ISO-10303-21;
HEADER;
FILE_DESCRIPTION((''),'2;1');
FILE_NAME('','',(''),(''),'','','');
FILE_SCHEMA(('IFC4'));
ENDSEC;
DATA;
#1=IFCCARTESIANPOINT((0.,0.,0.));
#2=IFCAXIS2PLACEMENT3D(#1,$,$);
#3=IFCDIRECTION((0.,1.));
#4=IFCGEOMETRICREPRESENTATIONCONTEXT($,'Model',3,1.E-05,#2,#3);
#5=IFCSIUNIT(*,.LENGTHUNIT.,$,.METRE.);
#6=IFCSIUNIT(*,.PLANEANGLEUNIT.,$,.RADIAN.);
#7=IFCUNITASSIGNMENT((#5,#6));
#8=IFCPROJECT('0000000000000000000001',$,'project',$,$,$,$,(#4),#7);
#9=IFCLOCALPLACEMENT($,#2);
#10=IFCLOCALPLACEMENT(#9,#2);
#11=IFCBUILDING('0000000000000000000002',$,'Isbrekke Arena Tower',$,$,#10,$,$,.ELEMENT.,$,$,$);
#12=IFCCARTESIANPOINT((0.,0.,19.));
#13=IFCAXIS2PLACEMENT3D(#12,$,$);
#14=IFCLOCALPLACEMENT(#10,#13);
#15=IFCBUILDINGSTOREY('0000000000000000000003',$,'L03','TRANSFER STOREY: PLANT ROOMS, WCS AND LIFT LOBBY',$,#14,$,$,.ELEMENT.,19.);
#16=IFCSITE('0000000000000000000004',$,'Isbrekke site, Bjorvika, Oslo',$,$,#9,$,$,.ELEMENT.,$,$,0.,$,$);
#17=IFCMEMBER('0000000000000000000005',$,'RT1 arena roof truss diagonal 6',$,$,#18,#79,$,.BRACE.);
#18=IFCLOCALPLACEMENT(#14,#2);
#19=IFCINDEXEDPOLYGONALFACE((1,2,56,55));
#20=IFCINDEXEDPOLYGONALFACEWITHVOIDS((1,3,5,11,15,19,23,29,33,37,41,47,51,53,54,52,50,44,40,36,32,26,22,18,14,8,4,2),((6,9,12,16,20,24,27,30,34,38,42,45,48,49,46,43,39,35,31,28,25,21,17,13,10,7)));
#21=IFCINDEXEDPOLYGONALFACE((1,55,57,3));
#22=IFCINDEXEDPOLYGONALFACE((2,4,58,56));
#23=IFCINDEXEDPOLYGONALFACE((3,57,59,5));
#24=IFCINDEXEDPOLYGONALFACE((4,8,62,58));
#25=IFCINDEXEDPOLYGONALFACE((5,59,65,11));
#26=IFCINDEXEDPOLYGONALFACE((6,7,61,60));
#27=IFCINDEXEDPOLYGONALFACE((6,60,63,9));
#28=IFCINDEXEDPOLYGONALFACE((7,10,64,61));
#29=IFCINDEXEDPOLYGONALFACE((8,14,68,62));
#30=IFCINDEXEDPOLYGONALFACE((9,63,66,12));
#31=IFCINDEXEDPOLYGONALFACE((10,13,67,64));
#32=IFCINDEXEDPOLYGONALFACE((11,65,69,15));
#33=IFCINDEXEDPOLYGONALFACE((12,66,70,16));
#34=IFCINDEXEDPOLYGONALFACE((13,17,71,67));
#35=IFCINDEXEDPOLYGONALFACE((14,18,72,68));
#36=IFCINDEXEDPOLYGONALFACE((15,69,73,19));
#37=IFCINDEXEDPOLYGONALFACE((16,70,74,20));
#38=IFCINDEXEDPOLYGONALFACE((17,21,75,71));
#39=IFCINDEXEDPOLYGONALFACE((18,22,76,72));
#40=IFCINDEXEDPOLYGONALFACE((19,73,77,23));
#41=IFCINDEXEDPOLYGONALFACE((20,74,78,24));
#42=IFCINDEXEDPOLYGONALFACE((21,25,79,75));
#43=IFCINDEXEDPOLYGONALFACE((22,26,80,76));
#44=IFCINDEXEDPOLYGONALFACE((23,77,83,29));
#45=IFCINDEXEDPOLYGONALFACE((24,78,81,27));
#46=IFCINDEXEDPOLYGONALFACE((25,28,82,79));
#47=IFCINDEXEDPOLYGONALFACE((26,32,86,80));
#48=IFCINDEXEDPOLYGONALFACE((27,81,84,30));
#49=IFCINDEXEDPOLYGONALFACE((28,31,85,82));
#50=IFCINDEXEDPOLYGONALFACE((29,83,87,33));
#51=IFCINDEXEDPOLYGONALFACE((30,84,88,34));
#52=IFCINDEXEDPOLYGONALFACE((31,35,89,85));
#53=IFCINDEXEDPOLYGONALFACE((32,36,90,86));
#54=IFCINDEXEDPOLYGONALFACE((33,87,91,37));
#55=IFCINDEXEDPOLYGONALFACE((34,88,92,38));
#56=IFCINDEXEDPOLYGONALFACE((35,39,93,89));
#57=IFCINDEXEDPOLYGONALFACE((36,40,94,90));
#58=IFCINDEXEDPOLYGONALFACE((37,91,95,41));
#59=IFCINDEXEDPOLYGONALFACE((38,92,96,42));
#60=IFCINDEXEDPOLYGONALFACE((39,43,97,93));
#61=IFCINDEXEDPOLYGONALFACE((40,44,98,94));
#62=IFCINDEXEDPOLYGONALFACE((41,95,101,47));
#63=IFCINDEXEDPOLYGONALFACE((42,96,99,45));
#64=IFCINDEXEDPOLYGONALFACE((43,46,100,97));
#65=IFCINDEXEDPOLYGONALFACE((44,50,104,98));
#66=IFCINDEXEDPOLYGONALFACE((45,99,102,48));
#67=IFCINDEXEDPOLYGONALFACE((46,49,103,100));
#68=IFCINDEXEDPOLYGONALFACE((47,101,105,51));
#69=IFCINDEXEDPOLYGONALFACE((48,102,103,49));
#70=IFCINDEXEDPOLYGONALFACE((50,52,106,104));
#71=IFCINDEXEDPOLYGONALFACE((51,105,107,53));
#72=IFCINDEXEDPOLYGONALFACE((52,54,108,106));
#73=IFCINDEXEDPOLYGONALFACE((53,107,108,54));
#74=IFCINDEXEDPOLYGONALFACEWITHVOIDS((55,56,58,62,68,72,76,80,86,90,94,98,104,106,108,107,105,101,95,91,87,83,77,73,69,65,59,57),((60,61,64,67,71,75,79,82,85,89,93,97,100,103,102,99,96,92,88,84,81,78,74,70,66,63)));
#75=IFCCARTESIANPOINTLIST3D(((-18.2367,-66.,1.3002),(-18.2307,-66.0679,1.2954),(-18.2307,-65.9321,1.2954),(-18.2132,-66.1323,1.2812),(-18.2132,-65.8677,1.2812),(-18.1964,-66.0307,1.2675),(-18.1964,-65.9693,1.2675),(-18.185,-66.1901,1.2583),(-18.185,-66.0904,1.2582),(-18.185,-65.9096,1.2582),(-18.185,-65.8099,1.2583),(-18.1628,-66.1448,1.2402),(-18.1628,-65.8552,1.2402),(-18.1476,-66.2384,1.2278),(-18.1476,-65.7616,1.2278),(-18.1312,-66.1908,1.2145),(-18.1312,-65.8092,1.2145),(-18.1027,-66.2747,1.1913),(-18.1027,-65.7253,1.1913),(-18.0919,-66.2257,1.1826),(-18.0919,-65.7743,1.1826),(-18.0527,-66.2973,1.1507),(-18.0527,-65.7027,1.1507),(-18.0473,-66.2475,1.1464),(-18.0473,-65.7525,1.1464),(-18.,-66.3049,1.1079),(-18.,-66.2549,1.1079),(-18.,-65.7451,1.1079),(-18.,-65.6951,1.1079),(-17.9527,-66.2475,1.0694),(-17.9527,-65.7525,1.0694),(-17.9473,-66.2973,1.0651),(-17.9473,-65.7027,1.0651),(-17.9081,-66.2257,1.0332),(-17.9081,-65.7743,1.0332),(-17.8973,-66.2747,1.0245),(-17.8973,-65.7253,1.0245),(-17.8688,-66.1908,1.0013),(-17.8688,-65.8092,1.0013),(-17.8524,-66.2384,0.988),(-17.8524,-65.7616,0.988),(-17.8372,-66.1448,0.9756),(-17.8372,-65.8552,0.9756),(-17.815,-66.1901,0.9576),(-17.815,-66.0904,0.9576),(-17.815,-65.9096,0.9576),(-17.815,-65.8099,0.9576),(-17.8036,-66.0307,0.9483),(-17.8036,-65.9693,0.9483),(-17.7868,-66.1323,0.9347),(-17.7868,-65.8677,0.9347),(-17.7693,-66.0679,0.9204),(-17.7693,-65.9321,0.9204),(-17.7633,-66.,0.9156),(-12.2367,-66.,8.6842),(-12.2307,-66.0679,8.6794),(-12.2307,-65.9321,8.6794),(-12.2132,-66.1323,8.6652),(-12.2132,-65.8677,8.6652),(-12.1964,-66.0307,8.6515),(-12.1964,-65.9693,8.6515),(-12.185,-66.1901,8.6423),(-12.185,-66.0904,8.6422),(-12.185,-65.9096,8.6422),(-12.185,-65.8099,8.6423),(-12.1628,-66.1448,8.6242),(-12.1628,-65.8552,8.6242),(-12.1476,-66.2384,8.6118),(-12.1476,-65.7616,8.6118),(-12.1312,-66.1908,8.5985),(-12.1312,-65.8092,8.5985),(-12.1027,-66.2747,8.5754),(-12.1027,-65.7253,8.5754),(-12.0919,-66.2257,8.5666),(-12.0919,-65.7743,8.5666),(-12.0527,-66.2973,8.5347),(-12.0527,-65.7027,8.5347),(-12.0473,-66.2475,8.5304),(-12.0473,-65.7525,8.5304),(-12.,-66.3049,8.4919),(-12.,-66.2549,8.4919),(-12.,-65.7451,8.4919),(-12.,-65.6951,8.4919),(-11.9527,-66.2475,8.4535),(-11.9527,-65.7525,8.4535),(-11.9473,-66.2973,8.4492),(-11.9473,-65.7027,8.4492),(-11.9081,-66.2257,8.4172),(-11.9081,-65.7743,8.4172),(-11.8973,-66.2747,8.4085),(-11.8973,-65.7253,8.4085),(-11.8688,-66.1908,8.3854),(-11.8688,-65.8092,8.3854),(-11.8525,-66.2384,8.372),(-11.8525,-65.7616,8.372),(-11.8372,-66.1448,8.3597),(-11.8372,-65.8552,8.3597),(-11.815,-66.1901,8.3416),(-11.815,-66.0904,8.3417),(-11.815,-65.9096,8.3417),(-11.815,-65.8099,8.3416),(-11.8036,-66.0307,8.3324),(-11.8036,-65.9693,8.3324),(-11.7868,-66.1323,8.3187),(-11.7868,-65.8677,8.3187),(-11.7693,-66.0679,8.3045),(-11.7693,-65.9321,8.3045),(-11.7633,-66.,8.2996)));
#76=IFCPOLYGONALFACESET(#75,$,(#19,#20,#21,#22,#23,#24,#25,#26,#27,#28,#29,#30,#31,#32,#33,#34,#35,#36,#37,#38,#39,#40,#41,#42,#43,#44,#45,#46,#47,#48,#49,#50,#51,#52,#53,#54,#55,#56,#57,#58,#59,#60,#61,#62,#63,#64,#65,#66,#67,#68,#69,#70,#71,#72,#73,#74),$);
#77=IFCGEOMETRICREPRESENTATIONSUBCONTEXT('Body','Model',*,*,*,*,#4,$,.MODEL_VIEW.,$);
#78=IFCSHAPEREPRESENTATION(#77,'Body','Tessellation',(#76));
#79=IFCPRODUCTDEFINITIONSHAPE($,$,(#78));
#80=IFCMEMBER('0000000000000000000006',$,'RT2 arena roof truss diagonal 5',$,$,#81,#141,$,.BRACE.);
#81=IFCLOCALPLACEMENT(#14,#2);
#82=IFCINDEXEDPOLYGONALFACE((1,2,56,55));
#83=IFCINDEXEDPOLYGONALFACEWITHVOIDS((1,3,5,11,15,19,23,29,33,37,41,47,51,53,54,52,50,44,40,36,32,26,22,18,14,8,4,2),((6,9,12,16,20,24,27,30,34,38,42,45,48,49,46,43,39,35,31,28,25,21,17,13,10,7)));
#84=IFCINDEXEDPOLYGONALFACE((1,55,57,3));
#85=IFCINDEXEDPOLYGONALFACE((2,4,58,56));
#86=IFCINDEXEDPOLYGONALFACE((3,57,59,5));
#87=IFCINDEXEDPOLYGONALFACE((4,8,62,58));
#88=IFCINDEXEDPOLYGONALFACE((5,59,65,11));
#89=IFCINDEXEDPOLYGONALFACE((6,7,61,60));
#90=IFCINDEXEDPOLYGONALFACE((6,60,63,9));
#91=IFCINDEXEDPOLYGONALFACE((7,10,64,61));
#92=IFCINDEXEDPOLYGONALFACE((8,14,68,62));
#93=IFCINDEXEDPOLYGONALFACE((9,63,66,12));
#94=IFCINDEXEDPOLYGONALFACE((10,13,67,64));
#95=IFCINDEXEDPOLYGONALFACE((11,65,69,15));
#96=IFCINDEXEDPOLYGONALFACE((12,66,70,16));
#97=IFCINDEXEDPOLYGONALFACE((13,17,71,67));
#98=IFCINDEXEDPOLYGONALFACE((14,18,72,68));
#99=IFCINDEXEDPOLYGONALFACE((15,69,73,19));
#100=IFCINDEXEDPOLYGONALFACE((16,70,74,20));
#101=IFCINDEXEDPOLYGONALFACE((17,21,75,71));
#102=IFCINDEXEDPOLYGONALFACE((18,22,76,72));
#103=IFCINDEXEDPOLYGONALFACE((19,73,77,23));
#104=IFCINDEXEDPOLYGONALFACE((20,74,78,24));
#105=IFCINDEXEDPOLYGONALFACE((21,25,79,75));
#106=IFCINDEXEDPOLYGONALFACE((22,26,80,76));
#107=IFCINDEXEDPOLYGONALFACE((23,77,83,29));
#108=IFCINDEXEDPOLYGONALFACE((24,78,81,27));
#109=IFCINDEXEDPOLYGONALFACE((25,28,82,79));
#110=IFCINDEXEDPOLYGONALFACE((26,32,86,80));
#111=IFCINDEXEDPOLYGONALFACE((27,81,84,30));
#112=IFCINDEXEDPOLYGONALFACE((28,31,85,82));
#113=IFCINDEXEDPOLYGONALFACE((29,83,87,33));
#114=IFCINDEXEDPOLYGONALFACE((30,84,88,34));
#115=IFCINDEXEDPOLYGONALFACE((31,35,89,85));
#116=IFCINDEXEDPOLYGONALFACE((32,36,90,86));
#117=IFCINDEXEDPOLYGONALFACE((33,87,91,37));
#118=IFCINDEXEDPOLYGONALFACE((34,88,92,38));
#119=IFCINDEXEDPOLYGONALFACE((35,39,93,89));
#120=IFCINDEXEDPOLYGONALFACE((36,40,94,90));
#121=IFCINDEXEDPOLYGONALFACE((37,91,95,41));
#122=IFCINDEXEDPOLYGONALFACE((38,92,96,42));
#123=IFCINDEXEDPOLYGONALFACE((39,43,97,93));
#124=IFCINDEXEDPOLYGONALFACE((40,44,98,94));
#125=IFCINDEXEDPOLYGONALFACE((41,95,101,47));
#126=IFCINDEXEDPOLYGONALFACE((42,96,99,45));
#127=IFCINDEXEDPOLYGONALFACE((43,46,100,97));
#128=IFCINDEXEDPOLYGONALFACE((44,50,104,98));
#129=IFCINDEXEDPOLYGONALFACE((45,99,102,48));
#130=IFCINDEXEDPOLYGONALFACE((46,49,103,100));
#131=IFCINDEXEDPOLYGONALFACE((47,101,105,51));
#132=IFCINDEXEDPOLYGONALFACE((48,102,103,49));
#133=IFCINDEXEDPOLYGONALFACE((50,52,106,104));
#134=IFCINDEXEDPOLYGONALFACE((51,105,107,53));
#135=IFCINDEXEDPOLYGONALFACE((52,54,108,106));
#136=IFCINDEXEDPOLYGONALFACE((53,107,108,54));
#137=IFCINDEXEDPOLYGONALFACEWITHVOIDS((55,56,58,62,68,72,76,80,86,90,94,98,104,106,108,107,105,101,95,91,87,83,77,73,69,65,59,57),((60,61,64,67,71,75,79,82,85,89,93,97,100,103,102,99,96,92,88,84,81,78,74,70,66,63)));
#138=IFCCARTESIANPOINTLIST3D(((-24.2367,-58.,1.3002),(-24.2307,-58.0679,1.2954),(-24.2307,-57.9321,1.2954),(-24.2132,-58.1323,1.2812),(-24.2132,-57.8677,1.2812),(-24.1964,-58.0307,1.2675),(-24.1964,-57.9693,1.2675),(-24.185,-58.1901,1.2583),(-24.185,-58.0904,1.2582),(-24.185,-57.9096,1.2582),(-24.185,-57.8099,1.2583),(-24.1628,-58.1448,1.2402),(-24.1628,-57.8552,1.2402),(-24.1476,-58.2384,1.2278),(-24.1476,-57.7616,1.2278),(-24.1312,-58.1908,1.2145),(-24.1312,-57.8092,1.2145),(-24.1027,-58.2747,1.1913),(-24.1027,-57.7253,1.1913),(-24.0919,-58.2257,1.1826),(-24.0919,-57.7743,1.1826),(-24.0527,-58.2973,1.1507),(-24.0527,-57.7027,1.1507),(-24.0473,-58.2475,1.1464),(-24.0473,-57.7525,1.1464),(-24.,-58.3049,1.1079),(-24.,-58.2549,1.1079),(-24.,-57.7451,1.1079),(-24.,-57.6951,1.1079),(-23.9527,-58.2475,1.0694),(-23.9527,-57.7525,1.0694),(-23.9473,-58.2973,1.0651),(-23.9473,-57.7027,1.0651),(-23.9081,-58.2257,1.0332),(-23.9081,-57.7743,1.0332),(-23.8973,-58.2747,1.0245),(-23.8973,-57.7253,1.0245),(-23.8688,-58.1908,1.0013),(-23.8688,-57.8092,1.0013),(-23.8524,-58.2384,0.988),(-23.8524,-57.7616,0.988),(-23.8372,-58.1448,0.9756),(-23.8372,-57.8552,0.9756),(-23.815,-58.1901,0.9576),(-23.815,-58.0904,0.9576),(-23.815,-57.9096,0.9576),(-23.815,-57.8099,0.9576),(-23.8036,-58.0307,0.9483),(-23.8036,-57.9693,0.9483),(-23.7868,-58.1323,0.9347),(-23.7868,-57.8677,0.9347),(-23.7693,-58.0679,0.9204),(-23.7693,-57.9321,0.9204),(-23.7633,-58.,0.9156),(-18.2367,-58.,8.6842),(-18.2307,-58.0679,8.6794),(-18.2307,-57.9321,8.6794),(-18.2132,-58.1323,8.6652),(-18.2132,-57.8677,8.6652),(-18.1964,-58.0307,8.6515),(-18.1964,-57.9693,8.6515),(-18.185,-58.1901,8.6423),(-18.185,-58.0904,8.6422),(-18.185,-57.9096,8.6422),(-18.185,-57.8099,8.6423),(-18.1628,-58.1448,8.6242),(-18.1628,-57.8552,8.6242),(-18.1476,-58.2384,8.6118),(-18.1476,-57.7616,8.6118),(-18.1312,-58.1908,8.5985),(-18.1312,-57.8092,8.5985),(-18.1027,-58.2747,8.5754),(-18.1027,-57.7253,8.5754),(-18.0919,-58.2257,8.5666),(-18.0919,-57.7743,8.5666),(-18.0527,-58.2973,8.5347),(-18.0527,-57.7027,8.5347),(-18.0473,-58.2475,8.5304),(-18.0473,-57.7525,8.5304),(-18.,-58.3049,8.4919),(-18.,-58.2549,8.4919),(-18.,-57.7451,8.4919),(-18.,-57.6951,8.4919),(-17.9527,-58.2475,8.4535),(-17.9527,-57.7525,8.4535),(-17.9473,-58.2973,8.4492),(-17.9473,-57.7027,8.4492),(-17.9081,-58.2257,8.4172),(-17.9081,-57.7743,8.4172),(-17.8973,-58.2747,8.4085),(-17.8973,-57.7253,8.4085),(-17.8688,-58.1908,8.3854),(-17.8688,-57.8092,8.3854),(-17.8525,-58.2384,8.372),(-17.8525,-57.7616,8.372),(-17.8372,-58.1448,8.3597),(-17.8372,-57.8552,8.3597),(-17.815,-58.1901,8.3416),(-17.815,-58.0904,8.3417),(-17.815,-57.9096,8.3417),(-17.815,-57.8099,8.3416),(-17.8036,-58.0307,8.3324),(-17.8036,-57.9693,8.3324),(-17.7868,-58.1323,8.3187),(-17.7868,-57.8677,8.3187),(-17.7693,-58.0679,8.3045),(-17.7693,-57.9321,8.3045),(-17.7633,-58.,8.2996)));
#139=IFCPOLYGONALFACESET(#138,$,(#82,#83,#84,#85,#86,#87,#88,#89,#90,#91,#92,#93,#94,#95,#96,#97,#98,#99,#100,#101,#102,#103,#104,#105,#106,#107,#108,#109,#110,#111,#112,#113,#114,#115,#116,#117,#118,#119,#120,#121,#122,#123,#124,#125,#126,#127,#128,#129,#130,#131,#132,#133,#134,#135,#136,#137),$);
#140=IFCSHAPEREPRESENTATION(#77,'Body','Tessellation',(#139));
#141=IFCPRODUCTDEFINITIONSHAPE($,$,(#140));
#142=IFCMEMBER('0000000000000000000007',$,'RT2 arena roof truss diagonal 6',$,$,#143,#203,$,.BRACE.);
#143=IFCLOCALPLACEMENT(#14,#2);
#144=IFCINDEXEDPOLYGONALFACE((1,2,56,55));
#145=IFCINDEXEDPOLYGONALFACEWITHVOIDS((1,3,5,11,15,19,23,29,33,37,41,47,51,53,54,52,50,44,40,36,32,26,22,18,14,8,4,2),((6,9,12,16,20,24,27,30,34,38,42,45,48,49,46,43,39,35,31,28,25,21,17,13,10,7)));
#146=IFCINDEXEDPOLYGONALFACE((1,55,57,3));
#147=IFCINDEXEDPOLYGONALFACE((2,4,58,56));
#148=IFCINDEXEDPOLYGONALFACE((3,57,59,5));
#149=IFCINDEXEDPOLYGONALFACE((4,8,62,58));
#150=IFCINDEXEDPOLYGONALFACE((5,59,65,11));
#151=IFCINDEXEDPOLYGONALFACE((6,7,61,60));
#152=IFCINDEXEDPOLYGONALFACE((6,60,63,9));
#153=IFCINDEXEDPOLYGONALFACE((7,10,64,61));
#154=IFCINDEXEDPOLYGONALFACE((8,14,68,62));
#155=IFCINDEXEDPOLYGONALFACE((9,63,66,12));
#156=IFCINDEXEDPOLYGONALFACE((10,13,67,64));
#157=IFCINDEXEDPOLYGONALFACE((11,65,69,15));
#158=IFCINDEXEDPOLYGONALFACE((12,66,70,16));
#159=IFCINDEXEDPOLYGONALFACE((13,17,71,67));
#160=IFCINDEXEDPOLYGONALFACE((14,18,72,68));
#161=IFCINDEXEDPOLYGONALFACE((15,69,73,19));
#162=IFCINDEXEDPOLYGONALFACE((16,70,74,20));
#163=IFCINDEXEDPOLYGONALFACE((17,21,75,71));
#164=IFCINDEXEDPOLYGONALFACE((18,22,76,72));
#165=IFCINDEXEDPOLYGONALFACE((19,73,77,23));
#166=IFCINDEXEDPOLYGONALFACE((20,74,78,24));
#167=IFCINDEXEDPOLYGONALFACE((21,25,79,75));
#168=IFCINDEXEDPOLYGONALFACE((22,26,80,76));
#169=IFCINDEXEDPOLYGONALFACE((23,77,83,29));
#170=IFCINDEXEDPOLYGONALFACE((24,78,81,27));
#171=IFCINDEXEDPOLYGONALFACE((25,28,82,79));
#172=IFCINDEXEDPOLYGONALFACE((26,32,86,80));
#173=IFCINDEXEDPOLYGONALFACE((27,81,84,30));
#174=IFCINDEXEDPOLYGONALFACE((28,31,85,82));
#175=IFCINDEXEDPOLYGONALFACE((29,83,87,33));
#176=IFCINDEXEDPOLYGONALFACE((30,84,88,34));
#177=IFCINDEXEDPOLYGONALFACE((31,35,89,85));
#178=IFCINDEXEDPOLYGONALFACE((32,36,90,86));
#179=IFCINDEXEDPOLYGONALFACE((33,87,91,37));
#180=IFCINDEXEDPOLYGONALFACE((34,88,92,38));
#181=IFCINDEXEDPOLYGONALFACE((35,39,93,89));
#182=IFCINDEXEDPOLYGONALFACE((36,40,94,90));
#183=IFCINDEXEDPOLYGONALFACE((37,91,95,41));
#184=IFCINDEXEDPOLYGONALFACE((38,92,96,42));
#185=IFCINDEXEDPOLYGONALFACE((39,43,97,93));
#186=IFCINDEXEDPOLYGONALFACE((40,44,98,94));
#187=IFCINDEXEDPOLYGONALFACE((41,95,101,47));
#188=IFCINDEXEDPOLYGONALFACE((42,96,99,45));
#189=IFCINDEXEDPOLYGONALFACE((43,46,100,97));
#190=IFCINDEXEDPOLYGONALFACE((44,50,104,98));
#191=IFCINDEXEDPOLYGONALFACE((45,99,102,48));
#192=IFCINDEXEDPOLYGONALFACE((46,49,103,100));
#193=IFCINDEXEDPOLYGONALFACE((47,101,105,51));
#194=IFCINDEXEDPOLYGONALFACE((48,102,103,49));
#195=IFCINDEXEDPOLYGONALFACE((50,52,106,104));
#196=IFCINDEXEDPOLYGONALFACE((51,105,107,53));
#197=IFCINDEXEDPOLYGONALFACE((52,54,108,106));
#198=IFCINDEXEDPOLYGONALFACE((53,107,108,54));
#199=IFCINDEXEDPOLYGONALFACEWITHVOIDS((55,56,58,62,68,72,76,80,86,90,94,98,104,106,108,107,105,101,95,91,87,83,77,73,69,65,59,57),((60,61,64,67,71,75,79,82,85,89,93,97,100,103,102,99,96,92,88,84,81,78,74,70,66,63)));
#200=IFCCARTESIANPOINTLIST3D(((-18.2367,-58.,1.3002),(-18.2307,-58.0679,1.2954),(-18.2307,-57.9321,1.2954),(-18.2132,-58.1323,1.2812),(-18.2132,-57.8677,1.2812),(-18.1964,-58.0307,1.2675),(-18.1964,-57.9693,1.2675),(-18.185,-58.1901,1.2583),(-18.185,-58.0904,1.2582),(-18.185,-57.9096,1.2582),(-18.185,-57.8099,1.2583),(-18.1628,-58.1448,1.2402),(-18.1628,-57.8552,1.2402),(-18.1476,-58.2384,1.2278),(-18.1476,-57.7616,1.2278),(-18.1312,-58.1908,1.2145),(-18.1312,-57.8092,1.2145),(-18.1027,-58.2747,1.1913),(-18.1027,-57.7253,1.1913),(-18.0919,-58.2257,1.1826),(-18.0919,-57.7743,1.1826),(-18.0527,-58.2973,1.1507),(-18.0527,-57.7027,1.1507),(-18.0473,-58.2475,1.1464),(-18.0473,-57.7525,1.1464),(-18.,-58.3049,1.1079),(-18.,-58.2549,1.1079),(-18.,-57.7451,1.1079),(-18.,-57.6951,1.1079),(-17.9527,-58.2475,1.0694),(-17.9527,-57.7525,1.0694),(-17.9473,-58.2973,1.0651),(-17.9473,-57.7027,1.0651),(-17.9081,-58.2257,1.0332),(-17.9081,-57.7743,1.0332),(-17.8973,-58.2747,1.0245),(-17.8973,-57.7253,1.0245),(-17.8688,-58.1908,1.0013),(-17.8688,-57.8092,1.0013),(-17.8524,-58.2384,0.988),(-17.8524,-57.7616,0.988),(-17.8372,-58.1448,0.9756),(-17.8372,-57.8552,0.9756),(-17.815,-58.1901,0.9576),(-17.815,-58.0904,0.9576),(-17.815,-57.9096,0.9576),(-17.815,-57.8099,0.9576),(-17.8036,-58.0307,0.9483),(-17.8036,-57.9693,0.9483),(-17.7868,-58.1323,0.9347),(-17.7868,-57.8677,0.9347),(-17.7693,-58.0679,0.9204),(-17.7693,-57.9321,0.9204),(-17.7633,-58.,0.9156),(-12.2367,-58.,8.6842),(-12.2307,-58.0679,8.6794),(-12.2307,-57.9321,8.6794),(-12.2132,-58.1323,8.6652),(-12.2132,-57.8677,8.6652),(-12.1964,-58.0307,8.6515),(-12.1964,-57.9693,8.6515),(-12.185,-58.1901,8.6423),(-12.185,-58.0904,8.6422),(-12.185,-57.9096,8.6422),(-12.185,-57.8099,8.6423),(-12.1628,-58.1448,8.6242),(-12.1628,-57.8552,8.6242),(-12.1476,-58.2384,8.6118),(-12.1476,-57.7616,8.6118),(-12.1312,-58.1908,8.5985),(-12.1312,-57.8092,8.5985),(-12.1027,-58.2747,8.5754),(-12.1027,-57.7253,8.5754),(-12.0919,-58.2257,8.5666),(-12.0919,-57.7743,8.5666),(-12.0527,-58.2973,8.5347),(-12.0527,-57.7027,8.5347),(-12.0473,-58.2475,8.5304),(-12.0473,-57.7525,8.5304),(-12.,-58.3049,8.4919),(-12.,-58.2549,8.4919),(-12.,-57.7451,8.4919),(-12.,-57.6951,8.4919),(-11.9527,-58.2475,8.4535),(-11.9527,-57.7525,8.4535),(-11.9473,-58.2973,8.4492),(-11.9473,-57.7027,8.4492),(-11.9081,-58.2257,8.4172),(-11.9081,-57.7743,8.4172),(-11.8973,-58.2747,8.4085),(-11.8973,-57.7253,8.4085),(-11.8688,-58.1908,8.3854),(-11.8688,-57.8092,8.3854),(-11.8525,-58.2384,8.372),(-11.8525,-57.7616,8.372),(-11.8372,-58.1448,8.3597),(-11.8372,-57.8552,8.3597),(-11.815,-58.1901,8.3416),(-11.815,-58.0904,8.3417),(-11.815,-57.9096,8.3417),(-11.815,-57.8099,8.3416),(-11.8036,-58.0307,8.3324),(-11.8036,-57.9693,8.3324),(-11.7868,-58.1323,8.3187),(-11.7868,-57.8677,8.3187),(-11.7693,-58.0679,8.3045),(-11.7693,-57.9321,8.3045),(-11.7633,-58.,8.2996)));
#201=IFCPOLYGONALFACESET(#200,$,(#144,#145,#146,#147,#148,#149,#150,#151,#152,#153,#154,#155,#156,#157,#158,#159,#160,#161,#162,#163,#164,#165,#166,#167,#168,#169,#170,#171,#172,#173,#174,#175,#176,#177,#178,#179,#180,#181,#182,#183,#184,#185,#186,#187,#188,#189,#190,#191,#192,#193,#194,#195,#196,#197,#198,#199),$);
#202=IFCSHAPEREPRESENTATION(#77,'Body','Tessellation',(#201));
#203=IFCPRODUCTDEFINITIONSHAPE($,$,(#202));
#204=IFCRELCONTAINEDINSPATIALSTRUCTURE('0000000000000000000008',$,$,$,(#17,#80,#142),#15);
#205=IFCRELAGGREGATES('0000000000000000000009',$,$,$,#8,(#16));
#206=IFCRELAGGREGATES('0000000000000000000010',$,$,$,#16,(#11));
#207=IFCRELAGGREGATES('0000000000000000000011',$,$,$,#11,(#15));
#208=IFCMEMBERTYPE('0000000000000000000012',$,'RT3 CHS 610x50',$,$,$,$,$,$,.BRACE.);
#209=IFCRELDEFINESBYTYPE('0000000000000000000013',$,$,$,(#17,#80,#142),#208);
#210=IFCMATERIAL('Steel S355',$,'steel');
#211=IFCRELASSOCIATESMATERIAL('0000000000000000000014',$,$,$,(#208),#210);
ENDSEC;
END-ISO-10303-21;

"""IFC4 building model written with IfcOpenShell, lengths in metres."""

from ifc_helpers import new_model, si_unit, direction, frame, origin, origin_2d, place, context, subcontext, project, spatial, hollow_circle, extrude, material, material_profile, profile_set, type_object, element, save


model = new_model("IFC4")

# Units and contexts
model_context = context("Model", 3, precision=1e-05, world=origin(), true_north=direction((0.0, 1.0)))
body_context = subcontext(model_context, "Body", "Model", "MODEL_VIEW")
ifc_project = project(units=[si_unit("LENGTHUNIT", "METRE"), si_unit("PLANEANGLEUNIT", "RADIAN")], contexts=[model_context])

# Site, building, storey
site_placement = place(None, origin())
site = spatial("IfcSite", under=ifc_project, at=site_placement, Name="Isbrekke site, Bjorvika, Oslo", CompositionType="ELEMENT", RefElevation=0.0)
building_placement = place(site_placement, origin())
building = spatial("IfcBuilding", under=site, at=building_placement, Name="Isbrekke Arena Tower", CompositionType="ELEMENT")
storey_placement = place(building_placement, frame((0.0, 0.0, 19.0)))
storey = spatial("IfcBuildingStorey", under=building, at=storey_placement, Name="L03", Description="TRANSFER STOREY: PLANT ROOMS, WCS AND LIFT LOBBY", CompositionType="ELEMENT", Elevation=19.0)

# Members
ifc_material_1 = material(Name="Steel S355", Category="steel")
ifc_material_profile_1 = material_profile(ifc_material_1, hollow_circle(Radius=0.3049, WallThickness=0.05, at=origin_2d()), Name="CHS 610x50")
ifc_profile_set_1 = profile_set([ifc_material_profile_1], Name="Steel S355")
member_type_1 = type_object("IfcMemberType", Name="RT3 CHS 610x50", PredefinedType="BRACE", material=ifc_profile_set_1)
for number, where, z_axis, x_axis, name in (
    (1, (-18.0, -66.0, 1.1079), (0.630623, 0.0, 0.77609), (0.0, 1.0, 0.0), "RT1 arena roof truss diagonal 6"),
    (2, (-24.0, -58.0, 1.1079), (0.630623, 0.0, 0.77609), (0.0, 1.0, 0.0), "RT2 arena roof truss diagonal 5"),
    (3, (-18.0, -58.0, 1.1079), (0.630623, 0.0, 0.77609), (0.0, 1.0, 0.0), "RT2 arena roof truss diagonal 6"),
):
    element("IfcMember", number, at=place(storey_placement, frame(where, z_axis=z_axis, x_axis=x_axis)), inside=storey, type_object=member_type_1, Name=name, PredefinedType="BRACE", context=body_context, shape_type="SweptSolid", body=[
        extrude(hollow_circle(Radius=0.3049, WallThickness=0.05, at=origin_2d()), origin(), (0.0, 0.0, 1.0), 9.5144),
    ])

save(model, "model.ifc")
